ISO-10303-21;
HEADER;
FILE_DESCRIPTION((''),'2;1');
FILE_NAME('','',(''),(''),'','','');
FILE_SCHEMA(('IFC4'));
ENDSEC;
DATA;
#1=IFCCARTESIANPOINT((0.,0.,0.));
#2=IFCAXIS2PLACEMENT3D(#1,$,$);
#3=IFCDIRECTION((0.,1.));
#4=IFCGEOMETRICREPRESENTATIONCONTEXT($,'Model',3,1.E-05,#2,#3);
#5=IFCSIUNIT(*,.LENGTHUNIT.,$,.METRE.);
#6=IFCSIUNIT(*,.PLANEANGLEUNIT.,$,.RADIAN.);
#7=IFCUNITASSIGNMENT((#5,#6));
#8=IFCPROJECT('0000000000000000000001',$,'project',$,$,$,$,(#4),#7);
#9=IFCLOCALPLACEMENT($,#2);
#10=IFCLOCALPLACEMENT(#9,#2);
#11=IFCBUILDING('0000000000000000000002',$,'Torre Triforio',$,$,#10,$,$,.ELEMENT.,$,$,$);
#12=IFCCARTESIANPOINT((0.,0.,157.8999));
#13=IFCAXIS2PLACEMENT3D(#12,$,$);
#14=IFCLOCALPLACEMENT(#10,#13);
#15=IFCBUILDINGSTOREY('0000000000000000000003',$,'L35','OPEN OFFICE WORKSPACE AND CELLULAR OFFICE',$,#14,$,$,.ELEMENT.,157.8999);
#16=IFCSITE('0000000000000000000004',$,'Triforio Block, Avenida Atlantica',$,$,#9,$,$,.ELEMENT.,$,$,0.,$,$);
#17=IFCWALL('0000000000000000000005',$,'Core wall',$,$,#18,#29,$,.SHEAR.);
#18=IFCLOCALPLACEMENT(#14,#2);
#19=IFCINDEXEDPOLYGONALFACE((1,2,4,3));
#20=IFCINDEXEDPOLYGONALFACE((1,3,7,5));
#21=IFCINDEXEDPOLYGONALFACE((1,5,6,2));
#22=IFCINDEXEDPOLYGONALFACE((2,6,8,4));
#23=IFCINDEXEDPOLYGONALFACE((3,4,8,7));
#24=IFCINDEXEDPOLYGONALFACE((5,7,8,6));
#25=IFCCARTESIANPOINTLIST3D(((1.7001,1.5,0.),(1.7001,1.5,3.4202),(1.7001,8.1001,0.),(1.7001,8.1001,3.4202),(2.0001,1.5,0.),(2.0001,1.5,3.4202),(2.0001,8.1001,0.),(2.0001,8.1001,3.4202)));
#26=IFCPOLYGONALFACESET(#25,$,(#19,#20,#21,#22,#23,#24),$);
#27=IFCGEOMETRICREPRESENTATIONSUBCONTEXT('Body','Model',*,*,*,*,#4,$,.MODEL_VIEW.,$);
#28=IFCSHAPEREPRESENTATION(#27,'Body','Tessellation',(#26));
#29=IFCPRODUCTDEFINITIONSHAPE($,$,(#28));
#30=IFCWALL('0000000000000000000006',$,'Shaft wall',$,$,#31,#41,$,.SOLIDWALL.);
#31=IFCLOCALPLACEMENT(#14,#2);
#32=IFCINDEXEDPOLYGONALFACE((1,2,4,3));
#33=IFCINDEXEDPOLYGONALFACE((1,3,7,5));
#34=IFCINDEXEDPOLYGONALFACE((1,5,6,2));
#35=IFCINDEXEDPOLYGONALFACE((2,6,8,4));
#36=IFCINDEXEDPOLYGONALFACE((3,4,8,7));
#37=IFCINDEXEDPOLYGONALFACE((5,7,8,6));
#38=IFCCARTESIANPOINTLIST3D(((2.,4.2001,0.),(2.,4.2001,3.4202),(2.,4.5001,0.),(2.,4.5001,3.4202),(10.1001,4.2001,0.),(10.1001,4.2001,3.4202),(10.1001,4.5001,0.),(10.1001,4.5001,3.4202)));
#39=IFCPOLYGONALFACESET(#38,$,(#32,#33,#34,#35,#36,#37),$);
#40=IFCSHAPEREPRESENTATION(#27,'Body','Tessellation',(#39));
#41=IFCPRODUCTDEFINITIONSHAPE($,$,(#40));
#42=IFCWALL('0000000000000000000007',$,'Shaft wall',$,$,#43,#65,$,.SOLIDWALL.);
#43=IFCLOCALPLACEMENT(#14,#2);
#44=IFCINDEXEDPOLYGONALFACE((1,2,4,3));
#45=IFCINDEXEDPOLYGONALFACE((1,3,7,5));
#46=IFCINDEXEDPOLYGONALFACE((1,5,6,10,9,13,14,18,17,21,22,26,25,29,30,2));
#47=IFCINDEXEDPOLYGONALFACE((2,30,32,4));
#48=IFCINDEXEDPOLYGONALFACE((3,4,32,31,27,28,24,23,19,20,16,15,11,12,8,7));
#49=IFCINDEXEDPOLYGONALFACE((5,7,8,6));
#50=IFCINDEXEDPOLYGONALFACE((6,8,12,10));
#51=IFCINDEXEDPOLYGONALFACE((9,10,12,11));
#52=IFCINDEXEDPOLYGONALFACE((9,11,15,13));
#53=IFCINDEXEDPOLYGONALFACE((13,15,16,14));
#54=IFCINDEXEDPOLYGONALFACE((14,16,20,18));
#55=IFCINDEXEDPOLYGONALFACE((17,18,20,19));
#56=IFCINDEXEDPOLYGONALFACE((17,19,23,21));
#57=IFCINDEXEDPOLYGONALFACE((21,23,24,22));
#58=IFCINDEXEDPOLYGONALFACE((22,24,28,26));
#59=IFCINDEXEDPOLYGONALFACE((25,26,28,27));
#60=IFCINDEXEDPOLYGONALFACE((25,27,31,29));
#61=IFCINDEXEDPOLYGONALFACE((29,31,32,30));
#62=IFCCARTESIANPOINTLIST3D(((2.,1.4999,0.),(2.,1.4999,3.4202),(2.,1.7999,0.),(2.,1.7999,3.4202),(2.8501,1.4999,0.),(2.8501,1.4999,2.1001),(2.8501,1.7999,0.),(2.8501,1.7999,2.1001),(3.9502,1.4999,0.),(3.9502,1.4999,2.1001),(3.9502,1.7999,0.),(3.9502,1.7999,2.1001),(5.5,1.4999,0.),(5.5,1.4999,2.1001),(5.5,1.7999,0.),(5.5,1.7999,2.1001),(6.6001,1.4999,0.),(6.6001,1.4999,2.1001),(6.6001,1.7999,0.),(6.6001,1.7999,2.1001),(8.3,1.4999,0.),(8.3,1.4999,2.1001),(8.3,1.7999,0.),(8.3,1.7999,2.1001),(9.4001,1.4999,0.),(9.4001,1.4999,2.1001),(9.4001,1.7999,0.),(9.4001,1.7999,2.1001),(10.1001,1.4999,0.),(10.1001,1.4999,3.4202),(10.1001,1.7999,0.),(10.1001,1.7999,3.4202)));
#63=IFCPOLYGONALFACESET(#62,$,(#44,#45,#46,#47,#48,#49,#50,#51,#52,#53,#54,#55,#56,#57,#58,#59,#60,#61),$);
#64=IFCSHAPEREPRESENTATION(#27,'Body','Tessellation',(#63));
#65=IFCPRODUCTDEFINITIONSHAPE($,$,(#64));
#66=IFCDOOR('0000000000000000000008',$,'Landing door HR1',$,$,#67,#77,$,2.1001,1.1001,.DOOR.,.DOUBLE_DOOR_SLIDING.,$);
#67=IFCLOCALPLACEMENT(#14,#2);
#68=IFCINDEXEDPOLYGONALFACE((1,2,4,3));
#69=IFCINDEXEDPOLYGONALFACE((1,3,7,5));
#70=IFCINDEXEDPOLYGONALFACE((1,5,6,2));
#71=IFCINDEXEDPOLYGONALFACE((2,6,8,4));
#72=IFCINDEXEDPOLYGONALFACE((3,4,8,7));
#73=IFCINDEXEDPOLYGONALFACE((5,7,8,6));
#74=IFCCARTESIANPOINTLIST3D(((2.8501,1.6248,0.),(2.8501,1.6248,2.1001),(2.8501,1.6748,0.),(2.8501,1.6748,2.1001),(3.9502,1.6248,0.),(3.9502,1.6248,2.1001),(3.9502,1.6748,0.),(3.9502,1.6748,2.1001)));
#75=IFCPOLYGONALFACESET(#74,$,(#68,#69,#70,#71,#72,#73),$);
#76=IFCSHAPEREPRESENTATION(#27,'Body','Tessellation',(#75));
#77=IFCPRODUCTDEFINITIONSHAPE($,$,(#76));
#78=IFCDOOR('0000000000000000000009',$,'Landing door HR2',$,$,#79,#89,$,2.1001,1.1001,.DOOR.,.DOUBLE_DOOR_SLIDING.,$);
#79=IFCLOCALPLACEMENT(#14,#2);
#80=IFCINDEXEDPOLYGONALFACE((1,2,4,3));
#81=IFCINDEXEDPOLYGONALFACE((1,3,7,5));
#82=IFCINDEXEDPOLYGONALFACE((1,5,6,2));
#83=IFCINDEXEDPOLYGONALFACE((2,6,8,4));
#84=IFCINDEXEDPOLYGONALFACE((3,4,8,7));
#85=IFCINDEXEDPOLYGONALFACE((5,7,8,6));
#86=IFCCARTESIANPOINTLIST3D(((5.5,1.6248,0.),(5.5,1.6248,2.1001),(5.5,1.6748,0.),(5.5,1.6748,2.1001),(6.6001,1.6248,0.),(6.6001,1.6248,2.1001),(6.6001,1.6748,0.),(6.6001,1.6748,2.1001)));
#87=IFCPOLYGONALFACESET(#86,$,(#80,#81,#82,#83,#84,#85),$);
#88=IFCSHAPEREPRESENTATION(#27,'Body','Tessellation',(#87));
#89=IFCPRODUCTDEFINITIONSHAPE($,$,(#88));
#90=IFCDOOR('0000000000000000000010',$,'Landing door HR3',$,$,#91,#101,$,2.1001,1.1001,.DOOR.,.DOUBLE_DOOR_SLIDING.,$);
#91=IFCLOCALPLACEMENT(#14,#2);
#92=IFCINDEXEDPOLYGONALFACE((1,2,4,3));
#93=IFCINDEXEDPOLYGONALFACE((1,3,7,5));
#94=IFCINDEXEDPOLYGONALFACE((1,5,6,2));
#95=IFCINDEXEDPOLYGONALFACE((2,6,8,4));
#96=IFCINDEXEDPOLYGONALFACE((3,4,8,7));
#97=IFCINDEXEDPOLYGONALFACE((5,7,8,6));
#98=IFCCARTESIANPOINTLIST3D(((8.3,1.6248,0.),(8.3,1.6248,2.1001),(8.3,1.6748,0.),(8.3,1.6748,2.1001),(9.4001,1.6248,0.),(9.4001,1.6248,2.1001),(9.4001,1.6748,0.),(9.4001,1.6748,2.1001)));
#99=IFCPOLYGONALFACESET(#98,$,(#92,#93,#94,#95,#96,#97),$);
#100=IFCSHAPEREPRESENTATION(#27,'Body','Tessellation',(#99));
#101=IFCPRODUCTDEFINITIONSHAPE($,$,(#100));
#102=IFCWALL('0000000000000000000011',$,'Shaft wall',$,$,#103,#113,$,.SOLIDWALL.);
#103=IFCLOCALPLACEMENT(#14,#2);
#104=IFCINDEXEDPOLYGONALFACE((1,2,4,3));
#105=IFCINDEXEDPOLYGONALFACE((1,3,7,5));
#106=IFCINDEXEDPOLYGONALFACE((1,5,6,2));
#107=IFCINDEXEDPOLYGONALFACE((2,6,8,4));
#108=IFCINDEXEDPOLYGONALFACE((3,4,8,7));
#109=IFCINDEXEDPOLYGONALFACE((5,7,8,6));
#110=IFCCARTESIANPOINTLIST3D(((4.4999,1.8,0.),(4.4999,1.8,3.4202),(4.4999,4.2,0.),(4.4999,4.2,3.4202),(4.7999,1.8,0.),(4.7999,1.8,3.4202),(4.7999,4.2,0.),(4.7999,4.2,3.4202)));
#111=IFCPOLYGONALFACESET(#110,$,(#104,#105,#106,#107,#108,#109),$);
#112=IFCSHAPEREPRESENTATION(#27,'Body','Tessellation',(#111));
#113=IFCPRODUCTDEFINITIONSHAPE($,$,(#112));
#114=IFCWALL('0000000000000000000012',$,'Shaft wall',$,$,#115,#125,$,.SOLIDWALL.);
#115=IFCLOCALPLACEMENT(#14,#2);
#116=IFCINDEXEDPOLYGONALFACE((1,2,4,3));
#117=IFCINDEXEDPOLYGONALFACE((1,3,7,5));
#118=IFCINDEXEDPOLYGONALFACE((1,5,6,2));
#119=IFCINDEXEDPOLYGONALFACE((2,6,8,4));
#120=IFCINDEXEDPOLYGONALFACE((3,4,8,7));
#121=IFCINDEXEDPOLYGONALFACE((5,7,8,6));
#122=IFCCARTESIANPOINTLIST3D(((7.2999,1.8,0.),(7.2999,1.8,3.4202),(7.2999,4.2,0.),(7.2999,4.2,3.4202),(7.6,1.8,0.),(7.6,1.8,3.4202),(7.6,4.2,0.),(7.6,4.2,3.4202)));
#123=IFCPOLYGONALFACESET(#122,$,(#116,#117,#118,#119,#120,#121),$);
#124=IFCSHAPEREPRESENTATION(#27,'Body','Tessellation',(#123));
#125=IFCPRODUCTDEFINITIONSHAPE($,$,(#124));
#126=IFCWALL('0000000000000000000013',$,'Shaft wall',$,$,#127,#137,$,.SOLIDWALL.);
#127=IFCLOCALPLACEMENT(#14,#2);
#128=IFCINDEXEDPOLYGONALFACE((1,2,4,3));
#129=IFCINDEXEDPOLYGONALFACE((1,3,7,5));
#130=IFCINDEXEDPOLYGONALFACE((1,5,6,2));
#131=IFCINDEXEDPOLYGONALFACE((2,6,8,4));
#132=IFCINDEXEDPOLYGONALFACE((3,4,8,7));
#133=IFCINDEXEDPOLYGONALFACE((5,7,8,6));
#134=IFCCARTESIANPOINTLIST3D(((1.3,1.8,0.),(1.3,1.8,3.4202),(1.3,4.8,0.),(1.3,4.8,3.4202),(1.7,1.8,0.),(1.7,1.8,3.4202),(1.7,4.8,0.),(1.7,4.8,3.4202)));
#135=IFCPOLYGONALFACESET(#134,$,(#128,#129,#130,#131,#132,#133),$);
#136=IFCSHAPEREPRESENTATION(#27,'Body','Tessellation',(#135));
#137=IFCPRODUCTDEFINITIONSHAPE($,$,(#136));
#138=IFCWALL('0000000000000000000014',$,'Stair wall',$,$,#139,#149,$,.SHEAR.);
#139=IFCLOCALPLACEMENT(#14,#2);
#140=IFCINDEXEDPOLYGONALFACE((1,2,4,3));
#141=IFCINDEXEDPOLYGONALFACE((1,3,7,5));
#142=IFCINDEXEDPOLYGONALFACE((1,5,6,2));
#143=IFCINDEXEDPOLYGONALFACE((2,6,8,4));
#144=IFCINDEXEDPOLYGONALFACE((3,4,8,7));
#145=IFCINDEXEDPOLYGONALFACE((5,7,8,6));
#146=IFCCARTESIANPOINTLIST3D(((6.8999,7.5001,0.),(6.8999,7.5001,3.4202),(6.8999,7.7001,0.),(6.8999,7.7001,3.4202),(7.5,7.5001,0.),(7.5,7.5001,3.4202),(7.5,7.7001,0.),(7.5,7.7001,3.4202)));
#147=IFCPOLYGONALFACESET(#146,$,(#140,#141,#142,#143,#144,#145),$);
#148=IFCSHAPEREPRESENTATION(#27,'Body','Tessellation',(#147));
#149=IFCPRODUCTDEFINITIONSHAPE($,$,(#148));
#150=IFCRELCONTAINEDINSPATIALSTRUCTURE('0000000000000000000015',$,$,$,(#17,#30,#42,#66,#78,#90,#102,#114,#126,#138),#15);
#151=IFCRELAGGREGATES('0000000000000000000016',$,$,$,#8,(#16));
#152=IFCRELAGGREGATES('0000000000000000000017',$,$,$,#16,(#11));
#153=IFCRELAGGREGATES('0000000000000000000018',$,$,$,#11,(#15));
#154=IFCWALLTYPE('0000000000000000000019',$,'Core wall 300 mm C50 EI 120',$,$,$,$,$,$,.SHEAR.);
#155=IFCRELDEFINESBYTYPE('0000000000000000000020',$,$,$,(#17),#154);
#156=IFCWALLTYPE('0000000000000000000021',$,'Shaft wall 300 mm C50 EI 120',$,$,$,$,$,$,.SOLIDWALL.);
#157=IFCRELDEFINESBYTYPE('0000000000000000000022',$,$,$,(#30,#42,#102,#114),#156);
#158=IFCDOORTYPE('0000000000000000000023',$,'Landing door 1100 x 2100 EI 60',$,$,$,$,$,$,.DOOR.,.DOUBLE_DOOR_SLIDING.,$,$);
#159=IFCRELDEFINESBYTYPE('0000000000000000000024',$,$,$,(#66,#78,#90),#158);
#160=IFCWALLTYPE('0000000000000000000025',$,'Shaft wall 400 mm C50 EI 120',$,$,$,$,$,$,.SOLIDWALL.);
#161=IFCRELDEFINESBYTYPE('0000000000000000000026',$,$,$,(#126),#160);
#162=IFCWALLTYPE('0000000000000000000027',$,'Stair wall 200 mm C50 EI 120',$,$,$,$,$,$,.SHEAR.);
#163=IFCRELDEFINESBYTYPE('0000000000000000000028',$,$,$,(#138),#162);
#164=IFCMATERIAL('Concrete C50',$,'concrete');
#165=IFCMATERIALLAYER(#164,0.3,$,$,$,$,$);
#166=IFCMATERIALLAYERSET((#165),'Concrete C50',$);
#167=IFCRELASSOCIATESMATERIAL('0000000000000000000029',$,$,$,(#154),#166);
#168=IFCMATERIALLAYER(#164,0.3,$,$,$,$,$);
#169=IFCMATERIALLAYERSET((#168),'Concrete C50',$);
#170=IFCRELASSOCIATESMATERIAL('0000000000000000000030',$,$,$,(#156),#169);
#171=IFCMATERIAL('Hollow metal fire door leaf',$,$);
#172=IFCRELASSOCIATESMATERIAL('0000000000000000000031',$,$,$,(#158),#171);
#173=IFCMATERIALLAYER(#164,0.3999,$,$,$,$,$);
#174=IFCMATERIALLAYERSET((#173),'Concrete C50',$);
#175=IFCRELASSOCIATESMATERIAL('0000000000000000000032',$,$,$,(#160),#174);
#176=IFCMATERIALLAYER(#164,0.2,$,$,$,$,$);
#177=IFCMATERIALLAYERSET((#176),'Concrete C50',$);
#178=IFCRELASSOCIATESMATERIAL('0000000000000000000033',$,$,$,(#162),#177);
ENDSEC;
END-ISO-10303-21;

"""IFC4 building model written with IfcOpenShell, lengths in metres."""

from ifc_helpers import new_model, si_unit, direction, frame, frame_2d, origin, place, context, subcontext, project, spatial, rectangle, extrude, material, layer, layer_set, type_object, element, fill, save


model = new_model("IFC4")

# Units and contexts
model_context = context("Model", 3, precision=1e-05, world=origin(), true_north=direction((0.0, 1.0)))
body_context = subcontext(model_context, "Body", "Model", "MODEL_VIEW")
ifc_project = project(units=[si_unit("LENGTHUNIT", "METRE"), si_unit("PLANEANGLEUNIT", "RADIAN")], contexts=[model_context])

# Site, building, storey
site_placement = place(None, origin())
site = spatial("IfcSite", under=ifc_project, at=site_placement, Name="Triforio Block, Avenida Atlantica", CompositionType="ELEMENT", RefElevation=0.0)
building_placement = place(site_placement, origin())
building = spatial("IfcBuilding", under=site, at=building_placement, Name="Torre Triforio", CompositionType="ELEMENT")
storey_placement = place(building_placement, frame((0.0, 0.0, 157.8999)))
storey = spatial("IfcBuildingStorey", under=building, at=storey_placement, Name="L35", Description="OPEN OFFICE WORKSPACE AND CELLULAR OFFICE", CompositionType="ELEMENT", Elevation=157.8999)

# Walls
ifc_material_1 = material(Name="Concrete C50", Category="concrete")
ifc_layer_1 = layer(ifc_material_1, 0.3)
ifc_layer_set_1 = layer_set([ifc_layer_1], Name="Concrete C50")
wall_type_1 = type_object("IfcWallType", Name="Core wall 300 mm C50 EI 120", PredefinedType="SHEAR", material=ifc_layer_set_1)
wall_1_placement = place(storey_placement, frame((1.8501, 1.5, 0.0), z_axis=(0.0, 0.0, 1.0), x_axis=(0.0, 1.0, 0.0)))
element("IfcWall", 1, at=wall_1_placement, inside=storey, type_object=wall_type_1, Name="Core wall", PredefinedType="SHEAR", context=body_context, shape_type="SweptSolid", body=[
    extrude(rectangle(XDim=6.6001, YDim=0.3, at=frame_2d((3.3, 0.0))), origin(), (0.0, 0.0, 1.0), 3.4202),
])
ifc_layer_2 = layer(ifc_material_1, 0.3)
ifc_layer_set_2 = layer_set([ifc_layer_2], Name="Concrete C50")
wall_type_2 = type_object("IfcWallType", Name="Shaft wall 300 mm C50 EI 120", PredefinedType="SOLIDWALL", material=ifc_layer_set_2)
wall_2_placement = place(storey_placement, frame((2.0, 4.3501, 0.0), z_axis=(0.0, 0.0, 1.0), x_axis=(1.0, 0.0, 0.0)))
element("IfcWall", 2, at=wall_2_placement, inside=storey, type_object=wall_type_2, Name="Shaft wall", PredefinedType="SOLIDWALL", context=body_context, shape_type="SweptSolid", body=[
    extrude(rectangle(XDim=8.1001, YDim=0.3, at=frame_2d((4.05, 0.0))), origin(), (0.0, 0.0, 1.0), 3.4202),
])

# Wall, openings, doors
wall_3_placement = place(storey_placement, frame((2.0, 1.6499, 0.0), z_axis=(0.0, 0.0, 1.0), x_axis=(1.0, 0.0, 0.0)))
wall_3 = element("IfcWall", 3, at=wall_3_placement, inside=storey, type_object=wall_type_2, Name="Shaft wall", PredefinedType="SOLIDWALL", context=body_context, shape_type="SweptSolid", body=[
    extrude(rectangle(XDim=8.1001, YDim=0.3, at=frame_2d((4.05, 0.0))), origin(), (0.0, 0.0, 1.0), 3.4202),
])
opening_1_placement = place(wall_3_placement, frame((0.8501, 0.0, 0.0)))
opening_1 = element("IfcOpeningElement", 4, at=opening_1_placement, cuts=wall_3, PredefinedType="OPENING", context=body_context, shape_type="SweptSolid", body=[
    extrude(rectangle(XDim=1.1001, YDim=2.1001, at=frame_2d((0.55, 1.05))), frame((0.0, 0.1599, 0.0), z_axis=(0.0, -1.0, 0.0), x_axis=(1.0, 0.0, 0.0)), (0.0, 0.0, 1.0), 0.3201),
])
opening_2_placement = place(wall_3_placement, frame((3.5, 0.0, 0.0)))
opening_2 = element("IfcOpeningElement", 5, at=opening_2_placement, cuts=wall_3, PredefinedType="OPENING", context=body_context, shape_type="SweptSolid", body=[
    extrude(rectangle(XDim=1.1001, YDim=2.1001, at=frame_2d((0.55, 1.05))), frame((0.0, 0.1599, 0.0), z_axis=(0.0, -1.0, 0.0), x_axis=(1.0, 0.0, 0.0)), (0.0, 0.0, 1.0), 0.3201),
])
opening_3_placement = place(wall_3_placement, frame((6.3, 0.0, 0.0)))
opening_3 = element("IfcOpeningElement", 6, at=opening_3_placement, cuts=wall_3, PredefinedType="OPENING", context=body_context, shape_type="SweptSolid", body=[
    extrude(rectangle(XDim=1.1001, YDim=2.1001, at=frame_2d((0.55, 1.05))), frame((0.0, 0.1599, 0.0), z_axis=(0.0, -1.0, 0.0), x_axis=(1.0, 0.0, 0.0)), (0.0, 0.0, 1.0), 0.3201),
])
ifc_material_2 = material(Name="Hollow metal fire door leaf")
door_type_1 = type_object("IfcDoorType", Name="Landing door 1100 x 2100 EI 60", OperationType="DOUBLE_DOOR_SLIDING", PredefinedType="DOOR", material=ifc_material_2)
door_1_placement = place(opening_1_placement, origin())
door_1 = element("IfcDoor", 7, at=door_1_placement, inside=storey, type_object=door_type_1, Name="Landing door HR1", OperationType="DOUBLE_DOOR_SLIDING", OverallHeight=2.1001, OverallWidth=1.1001, PredefinedType="DOOR", context=body_context, shape_type="SweptSolid", body=[
    extrude(rectangle(XDim=1.1001, YDim=2.1001, at=frame_2d((0.55, 1.05))), frame((0.0, 0.0249, 0.0), z_axis=(0.0, -1.0, 0.0), x_axis=(1.0, 0.0, 0.0)), (0.0, 0.0, 1.0), 0.05),
])
fill(opening_1, door_1)
door_2_placement = place(opening_2_placement, origin())
door_2 = element("IfcDoor", 8, at=door_2_placement, inside=storey, type_object=door_type_1, Name="Landing door HR2", OperationType="DOUBLE_DOOR_SLIDING", OverallHeight=2.1001, OverallWidth=1.1001, PredefinedType="DOOR", context=body_context, shape_type="SweptSolid", body=[
    extrude(rectangle(XDim=1.1001, YDim=2.1001, at=frame_2d((0.55, 1.05))), frame((0.0, 0.0249, 0.0), z_axis=(0.0, -1.0, 0.0), x_axis=(1.0, 0.0, 0.0)), (0.0, 0.0, 1.0), 0.05),
])
fill(opening_2, door_2)
door_3_placement = place(opening_3_placement, origin())
door_3 = element("IfcDoor", 9, at=door_3_placement, inside=storey, type_object=door_type_1, Name="Landing door HR3", OperationType="DOUBLE_DOOR_SLIDING", OverallHeight=2.1001, OverallWidth=1.1001, PredefinedType="DOOR", context=body_context, shape_type="SweptSolid", body=[
    extrude(rectangle(XDim=1.1001, YDim=2.1001, at=frame_2d((0.55, 1.05))), frame((0.0, 0.0249, 0.0), z_axis=(0.0, -1.0, 0.0), x_axis=(1.0, 0.0, 0.0)), (0.0, 0.0, 1.0), 0.05),
])
fill(opening_3, door_3)

# Walls
for number, where, z_axis, x_axis, name in (
    (10, (4.6499, 1.8, 0.0), (0.0, 0.0, 1.0), (0.0, 1.0, 0.0), "Shaft wall"),
    (11, (7.45, 1.8, 0.0), (0.0, 0.0, 1.0), (0.0, 1.0, 0.0), "Shaft wall"),
):
    element("IfcWall", number, at=place(storey_placement, frame(where, z_axis=z_axis, x_axis=x_axis)), inside=storey, type_object=wall_type_2, Name=name, PredefinedType="SOLIDWALL", context=body_context, shape_type="SweptSolid", body=[
        extrude(rectangle(XDim=2.3999, YDim=0.3, at=frame_2d((1.2, 0.0))), origin(), (0.0, 0.0, 1.0), 3.4202),
    ])
ifc_layer_3 = layer(ifc_material_1, 0.3999)
ifc_layer_set_3 = layer_set([ifc_layer_3], Name="Concrete C50")
wall_type_3 = type_object("IfcWallType", Name="Shaft wall 400 mm C50 EI 120", PredefinedType="SOLIDWALL", material=ifc_layer_set_3)
wall_4_placement = place(storey_placement, frame((1.5, 1.8, 0.0), z_axis=(0.0, 0.0, 1.0), x_axis=(0.0, 1.0, 0.0)))
element("IfcWall", 12, at=wall_4_placement, inside=storey, type_object=wall_type_3, Name="Shaft wall", PredefinedType="SOLIDWALL", context=body_context, shape_type="SweptSolid", body=[
    extrude(rectangle(XDim=3.0, YDim=0.3999, at=frame_2d((1.5, 0.0))), origin(), (0.0, 0.0, 1.0), 3.4202),
])
ifc_layer_4 = layer(ifc_material_1, 0.2)
ifc_layer_set_4 = layer_set([ifc_layer_4], Name="Concrete C50")
wall_type_4 = type_object("IfcWallType", Name="Stair wall 200 mm C50 EI 120", PredefinedType="SHEAR", material=ifc_layer_set_4)
wall_5_placement = place(storey_placement, frame((6.8999, 7.6001, 0.0), z_axis=(0.0, 0.0, 1.0), x_axis=(1.0, 0.0, 0.0)))
element("IfcWall", 13, at=wall_5_placement, inside=storey, type_object=wall_type_4, Name="Stair wall", PredefinedType="SHEAR", context=body_context, shape_type="SweptSolid", body=[
    extrude(rectangle(XDim=0.6001, YDim=0.2, at=frame_2d((0.3, 0.0))), origin(), (0.0, 0.0, 1.0), 3.4202),
])

save(model, "model.ifc")
